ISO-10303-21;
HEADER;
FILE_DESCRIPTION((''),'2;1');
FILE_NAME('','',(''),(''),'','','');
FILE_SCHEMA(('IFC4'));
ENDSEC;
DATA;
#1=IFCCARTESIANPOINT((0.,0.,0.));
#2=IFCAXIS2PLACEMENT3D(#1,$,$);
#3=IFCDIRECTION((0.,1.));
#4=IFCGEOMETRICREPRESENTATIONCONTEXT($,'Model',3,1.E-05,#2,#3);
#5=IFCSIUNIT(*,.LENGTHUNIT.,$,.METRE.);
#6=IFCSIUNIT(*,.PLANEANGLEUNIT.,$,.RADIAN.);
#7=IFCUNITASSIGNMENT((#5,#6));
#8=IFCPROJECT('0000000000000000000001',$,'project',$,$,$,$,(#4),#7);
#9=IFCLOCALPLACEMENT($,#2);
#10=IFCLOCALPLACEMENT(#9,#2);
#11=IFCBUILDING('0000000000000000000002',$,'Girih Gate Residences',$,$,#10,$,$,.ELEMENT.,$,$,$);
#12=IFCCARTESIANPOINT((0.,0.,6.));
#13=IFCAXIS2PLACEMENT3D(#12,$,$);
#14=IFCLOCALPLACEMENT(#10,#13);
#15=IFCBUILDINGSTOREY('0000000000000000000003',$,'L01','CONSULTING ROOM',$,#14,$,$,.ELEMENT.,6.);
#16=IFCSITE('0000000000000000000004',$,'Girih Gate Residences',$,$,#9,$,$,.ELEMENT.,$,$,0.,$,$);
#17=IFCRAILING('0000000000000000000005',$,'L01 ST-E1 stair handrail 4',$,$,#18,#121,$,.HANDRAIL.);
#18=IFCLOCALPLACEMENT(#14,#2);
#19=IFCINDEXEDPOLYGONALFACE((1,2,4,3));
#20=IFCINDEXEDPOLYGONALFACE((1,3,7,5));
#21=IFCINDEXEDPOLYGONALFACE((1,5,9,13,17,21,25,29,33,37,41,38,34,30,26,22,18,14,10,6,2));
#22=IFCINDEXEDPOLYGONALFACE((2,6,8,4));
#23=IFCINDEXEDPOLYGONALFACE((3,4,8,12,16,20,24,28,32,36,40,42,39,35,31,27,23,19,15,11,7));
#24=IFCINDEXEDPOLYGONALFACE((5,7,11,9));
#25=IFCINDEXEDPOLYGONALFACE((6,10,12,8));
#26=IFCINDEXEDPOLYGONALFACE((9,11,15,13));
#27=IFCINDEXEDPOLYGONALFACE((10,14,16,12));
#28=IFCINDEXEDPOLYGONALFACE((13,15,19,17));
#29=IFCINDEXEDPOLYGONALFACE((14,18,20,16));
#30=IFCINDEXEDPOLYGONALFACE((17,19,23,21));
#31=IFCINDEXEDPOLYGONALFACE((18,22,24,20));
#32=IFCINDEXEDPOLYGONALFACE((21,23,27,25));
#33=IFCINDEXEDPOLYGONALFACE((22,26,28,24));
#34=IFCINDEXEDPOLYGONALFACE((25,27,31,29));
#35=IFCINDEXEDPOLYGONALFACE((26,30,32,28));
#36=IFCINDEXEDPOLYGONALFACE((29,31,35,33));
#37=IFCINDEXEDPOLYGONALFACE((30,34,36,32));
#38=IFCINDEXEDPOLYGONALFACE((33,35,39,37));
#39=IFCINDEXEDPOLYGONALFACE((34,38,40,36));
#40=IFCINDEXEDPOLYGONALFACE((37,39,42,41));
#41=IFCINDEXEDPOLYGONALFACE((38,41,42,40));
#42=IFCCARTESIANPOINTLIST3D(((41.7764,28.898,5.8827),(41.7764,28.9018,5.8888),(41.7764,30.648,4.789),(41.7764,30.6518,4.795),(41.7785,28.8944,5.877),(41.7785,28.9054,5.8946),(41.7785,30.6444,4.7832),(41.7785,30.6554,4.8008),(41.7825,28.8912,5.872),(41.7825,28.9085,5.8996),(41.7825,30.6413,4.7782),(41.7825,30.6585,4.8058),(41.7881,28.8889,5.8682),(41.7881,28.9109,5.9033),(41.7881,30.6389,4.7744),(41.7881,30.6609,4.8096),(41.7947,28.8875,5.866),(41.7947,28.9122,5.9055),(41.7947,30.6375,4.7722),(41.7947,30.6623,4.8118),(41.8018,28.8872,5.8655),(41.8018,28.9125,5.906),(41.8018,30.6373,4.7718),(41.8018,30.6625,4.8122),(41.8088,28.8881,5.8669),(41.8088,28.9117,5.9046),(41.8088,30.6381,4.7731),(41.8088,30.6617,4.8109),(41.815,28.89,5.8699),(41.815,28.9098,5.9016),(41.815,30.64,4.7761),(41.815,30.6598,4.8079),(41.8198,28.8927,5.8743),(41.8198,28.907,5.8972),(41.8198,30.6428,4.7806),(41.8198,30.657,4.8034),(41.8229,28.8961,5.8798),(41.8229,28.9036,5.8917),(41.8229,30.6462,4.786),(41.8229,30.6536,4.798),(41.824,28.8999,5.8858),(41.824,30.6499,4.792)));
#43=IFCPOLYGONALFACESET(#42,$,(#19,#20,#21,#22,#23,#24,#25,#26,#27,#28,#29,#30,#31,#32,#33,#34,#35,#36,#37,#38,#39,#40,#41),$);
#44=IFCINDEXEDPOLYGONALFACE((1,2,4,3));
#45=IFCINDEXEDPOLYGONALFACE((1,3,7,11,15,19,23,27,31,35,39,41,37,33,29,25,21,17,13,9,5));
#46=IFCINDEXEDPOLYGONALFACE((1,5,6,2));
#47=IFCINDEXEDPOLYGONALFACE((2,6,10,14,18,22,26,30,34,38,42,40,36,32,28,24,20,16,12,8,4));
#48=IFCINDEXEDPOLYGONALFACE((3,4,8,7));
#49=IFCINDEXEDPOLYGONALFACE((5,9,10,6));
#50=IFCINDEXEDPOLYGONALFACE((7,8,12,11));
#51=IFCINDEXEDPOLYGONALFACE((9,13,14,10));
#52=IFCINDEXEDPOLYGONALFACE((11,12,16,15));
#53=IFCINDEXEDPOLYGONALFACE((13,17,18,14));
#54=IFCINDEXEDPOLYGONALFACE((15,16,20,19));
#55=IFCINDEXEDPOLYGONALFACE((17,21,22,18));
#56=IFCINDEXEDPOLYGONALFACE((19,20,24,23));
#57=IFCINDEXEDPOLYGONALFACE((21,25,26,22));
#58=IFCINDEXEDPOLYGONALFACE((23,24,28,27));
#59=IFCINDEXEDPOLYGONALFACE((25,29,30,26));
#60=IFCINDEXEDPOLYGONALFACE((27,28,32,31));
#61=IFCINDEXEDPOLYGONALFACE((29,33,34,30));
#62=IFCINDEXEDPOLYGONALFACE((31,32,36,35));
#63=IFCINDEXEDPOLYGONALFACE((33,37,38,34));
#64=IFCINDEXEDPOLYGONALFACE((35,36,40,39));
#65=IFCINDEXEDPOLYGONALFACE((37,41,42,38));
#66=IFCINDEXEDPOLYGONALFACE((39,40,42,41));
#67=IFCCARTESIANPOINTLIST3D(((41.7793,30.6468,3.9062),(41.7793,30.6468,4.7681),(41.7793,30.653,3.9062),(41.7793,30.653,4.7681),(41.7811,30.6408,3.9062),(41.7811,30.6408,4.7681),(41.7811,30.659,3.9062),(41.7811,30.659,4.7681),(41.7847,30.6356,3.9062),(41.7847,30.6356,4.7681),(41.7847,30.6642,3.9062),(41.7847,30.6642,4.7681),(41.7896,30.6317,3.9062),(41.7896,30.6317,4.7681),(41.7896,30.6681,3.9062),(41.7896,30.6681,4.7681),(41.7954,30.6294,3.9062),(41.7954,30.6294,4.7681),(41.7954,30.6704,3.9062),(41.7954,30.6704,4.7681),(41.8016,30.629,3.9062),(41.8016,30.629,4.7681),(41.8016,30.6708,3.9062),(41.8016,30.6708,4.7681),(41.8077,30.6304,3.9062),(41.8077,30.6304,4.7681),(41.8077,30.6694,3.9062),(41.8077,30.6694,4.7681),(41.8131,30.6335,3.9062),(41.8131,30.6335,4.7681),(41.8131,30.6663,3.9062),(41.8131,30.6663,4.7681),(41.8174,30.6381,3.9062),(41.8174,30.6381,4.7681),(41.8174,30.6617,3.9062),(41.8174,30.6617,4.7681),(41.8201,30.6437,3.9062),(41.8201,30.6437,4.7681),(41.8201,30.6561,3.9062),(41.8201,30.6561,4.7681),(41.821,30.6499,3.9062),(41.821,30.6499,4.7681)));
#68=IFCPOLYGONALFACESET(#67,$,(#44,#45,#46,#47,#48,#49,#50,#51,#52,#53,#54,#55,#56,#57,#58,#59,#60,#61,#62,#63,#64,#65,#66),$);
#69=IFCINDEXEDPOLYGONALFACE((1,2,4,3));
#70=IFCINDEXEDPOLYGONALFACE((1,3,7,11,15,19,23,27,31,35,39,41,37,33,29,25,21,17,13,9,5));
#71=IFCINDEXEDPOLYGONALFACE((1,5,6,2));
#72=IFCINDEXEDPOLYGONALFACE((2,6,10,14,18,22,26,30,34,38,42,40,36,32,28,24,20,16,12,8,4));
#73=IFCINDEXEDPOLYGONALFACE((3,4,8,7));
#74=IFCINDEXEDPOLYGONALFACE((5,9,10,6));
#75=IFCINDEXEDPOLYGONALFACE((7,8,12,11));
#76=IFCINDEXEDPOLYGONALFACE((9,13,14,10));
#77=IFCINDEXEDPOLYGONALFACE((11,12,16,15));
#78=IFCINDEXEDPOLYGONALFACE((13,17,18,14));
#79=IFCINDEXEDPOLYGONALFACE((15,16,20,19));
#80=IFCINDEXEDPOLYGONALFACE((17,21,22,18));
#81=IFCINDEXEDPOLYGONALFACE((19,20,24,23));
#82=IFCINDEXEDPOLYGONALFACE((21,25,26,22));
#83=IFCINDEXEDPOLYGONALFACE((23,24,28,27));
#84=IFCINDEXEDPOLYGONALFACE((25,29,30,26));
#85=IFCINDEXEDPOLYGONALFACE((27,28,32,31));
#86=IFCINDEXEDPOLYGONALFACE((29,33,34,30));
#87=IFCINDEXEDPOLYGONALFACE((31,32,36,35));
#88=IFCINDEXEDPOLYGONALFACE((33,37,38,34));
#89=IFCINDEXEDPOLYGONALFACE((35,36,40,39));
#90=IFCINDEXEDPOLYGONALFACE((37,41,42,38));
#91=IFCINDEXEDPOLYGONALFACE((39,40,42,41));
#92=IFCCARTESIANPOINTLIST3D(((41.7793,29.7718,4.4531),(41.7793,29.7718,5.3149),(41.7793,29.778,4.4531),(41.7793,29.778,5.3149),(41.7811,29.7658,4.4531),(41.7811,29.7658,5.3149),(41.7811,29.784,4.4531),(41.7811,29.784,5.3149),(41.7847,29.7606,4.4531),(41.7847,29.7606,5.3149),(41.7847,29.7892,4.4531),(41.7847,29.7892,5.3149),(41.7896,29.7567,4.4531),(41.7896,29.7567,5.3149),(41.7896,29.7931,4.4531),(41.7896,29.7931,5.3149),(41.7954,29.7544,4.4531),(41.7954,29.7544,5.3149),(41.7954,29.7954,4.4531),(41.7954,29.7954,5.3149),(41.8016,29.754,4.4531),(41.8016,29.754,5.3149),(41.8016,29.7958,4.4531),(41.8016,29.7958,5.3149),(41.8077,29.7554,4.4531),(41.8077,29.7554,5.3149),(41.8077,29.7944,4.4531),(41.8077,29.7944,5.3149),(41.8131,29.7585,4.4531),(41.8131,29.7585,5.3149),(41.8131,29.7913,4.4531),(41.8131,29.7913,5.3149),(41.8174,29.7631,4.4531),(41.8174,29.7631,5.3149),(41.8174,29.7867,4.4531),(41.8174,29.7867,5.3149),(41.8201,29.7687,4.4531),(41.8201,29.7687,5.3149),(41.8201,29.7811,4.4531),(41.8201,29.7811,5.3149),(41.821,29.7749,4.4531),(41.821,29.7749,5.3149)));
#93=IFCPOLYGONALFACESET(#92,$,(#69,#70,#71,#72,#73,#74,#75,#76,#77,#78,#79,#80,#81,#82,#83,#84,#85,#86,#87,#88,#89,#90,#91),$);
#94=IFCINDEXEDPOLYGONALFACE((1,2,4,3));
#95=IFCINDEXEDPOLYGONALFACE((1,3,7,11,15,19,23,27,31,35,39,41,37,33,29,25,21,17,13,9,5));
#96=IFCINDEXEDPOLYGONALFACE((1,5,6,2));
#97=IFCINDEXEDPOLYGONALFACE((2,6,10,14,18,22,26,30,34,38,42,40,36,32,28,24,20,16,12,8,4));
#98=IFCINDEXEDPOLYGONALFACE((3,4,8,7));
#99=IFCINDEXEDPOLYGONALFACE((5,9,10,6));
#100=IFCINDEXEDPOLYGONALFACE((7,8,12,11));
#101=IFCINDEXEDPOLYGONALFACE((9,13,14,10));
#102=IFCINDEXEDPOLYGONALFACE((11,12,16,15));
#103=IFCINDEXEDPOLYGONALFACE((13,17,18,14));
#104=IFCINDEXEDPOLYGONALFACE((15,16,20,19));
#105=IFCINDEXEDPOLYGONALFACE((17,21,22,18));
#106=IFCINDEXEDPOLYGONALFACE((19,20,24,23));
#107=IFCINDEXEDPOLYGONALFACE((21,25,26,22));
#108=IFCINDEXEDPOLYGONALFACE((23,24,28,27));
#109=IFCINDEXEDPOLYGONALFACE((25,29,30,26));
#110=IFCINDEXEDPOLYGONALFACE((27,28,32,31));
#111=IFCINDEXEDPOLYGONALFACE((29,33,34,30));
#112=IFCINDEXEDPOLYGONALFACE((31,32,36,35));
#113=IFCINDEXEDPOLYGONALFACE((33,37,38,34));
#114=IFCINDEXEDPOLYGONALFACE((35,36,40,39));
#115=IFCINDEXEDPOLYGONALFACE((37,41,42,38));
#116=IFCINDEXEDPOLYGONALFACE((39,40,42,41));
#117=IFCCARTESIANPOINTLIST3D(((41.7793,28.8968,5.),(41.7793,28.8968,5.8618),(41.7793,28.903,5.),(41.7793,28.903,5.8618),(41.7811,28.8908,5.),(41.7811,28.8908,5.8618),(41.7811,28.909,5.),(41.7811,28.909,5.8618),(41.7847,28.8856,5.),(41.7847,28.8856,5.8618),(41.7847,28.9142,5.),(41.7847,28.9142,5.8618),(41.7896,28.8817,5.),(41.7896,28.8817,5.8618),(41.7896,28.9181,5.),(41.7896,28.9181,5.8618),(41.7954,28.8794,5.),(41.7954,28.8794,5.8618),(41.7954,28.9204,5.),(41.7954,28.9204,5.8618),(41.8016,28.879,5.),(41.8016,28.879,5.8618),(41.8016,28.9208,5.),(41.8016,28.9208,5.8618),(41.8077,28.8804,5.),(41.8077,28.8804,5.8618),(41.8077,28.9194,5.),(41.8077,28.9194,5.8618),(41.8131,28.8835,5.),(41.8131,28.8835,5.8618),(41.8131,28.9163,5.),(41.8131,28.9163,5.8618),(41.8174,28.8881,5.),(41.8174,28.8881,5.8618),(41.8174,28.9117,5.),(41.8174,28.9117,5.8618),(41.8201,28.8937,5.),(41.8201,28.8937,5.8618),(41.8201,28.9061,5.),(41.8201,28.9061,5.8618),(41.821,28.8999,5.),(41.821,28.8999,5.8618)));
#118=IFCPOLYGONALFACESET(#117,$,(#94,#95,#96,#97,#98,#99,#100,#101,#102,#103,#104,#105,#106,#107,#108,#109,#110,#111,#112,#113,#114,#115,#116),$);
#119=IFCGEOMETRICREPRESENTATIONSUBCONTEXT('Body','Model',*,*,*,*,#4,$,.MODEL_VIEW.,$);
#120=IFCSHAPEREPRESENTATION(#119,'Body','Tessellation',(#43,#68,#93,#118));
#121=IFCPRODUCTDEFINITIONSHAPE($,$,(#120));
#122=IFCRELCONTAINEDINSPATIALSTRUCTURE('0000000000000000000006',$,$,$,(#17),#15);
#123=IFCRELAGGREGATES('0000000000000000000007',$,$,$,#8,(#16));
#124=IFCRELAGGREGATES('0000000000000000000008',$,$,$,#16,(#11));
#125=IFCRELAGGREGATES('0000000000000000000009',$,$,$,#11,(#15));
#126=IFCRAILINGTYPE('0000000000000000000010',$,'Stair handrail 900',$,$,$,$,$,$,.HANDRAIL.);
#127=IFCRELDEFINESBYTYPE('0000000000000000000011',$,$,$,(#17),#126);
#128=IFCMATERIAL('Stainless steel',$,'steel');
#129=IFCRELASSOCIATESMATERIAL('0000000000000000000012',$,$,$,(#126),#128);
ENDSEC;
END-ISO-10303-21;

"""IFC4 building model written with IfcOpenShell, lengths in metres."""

from ifc_helpers import new_model, si_unit, direction, frame, origin, origin_2d, place, context, subcontext, project, spatial, circle, extrude, material, type_object, element, save


model = new_model("IFC4")

# Units and contexts
model_context = context("Model", 3, precision=1e-05, world=origin(), true_north=direction((0.0, 1.0)))
body_context = subcontext(model_context, "Body", "Model", "MODEL_VIEW")
ifc_project = project(units=[si_unit("LENGTHUNIT", "METRE"), si_unit("PLANEANGLEUNIT", "RADIAN")], contexts=[model_context])

# Site, building, storey
site_placement = place(None, origin())
site = spatial("IfcSite", under=ifc_project, at=site_placement, Name="Girih Gate Residences", CompositionType="ELEMENT", RefElevation=0.0)
building_placement = place(site_placement, origin())
building = spatial("IfcBuilding", under=site, at=building_placement, Name="Girih Gate Residences", CompositionType="ELEMENT")
storey_placement = place(building_placement, frame((0.0, 0.0, 6.0)))
storey = spatial("IfcBuildingStorey", under=building, at=storey_placement, Name="L01", Description="CONSULTING ROOM", CompositionType="ELEMENT", Elevation=6.0)

# Shared definitions
ifc_material_1 = material(Name="Stainless steel", Category="steel")

# Railing
railing_type_1 = type_object("IfcRailingType", Name="Stair handrail 900", PredefinedType="HANDRAIL", material=ifc_material_1)
railing_placement = place(storey_placement, frame((41.8, 30.6499, 3.9062)))
element("IfcRailing", 1, at=railing_placement, inside=storey, type_object=railing_type_1, Name="L01 ST-E1 stair handrail 4", PredefinedType="HANDRAIL", context=body_context, shape_type="SweptSolid", body=[
    extrude(circle(Radius=0.0239, at=origin_2d()), frame((0.0, 0.0, 0.8857), z_axis=(0.0, -0.847998, 0.529999), x_axis=(1.0, 0.0, 0.0)), (0.0, 0.0, 1.0), 2.0637),
    extrude(circle(Radius=0.021, at=origin_2d()), origin(), (0.0, 0.0, 1.0), 0.8618),
    extrude(circle(Radius=0.021, at=origin_2d()), frame((0.0, -0.875, 0.5469)), (0.0, 0.0, 1.0), 0.8618),
    extrude(circle(Radius=0.021, at=origin_2d()), frame((0.0, -1.75, 1.0938)), (0.0, 0.0, 1.0), 0.8618),
])

save(model, "model.ifc")
